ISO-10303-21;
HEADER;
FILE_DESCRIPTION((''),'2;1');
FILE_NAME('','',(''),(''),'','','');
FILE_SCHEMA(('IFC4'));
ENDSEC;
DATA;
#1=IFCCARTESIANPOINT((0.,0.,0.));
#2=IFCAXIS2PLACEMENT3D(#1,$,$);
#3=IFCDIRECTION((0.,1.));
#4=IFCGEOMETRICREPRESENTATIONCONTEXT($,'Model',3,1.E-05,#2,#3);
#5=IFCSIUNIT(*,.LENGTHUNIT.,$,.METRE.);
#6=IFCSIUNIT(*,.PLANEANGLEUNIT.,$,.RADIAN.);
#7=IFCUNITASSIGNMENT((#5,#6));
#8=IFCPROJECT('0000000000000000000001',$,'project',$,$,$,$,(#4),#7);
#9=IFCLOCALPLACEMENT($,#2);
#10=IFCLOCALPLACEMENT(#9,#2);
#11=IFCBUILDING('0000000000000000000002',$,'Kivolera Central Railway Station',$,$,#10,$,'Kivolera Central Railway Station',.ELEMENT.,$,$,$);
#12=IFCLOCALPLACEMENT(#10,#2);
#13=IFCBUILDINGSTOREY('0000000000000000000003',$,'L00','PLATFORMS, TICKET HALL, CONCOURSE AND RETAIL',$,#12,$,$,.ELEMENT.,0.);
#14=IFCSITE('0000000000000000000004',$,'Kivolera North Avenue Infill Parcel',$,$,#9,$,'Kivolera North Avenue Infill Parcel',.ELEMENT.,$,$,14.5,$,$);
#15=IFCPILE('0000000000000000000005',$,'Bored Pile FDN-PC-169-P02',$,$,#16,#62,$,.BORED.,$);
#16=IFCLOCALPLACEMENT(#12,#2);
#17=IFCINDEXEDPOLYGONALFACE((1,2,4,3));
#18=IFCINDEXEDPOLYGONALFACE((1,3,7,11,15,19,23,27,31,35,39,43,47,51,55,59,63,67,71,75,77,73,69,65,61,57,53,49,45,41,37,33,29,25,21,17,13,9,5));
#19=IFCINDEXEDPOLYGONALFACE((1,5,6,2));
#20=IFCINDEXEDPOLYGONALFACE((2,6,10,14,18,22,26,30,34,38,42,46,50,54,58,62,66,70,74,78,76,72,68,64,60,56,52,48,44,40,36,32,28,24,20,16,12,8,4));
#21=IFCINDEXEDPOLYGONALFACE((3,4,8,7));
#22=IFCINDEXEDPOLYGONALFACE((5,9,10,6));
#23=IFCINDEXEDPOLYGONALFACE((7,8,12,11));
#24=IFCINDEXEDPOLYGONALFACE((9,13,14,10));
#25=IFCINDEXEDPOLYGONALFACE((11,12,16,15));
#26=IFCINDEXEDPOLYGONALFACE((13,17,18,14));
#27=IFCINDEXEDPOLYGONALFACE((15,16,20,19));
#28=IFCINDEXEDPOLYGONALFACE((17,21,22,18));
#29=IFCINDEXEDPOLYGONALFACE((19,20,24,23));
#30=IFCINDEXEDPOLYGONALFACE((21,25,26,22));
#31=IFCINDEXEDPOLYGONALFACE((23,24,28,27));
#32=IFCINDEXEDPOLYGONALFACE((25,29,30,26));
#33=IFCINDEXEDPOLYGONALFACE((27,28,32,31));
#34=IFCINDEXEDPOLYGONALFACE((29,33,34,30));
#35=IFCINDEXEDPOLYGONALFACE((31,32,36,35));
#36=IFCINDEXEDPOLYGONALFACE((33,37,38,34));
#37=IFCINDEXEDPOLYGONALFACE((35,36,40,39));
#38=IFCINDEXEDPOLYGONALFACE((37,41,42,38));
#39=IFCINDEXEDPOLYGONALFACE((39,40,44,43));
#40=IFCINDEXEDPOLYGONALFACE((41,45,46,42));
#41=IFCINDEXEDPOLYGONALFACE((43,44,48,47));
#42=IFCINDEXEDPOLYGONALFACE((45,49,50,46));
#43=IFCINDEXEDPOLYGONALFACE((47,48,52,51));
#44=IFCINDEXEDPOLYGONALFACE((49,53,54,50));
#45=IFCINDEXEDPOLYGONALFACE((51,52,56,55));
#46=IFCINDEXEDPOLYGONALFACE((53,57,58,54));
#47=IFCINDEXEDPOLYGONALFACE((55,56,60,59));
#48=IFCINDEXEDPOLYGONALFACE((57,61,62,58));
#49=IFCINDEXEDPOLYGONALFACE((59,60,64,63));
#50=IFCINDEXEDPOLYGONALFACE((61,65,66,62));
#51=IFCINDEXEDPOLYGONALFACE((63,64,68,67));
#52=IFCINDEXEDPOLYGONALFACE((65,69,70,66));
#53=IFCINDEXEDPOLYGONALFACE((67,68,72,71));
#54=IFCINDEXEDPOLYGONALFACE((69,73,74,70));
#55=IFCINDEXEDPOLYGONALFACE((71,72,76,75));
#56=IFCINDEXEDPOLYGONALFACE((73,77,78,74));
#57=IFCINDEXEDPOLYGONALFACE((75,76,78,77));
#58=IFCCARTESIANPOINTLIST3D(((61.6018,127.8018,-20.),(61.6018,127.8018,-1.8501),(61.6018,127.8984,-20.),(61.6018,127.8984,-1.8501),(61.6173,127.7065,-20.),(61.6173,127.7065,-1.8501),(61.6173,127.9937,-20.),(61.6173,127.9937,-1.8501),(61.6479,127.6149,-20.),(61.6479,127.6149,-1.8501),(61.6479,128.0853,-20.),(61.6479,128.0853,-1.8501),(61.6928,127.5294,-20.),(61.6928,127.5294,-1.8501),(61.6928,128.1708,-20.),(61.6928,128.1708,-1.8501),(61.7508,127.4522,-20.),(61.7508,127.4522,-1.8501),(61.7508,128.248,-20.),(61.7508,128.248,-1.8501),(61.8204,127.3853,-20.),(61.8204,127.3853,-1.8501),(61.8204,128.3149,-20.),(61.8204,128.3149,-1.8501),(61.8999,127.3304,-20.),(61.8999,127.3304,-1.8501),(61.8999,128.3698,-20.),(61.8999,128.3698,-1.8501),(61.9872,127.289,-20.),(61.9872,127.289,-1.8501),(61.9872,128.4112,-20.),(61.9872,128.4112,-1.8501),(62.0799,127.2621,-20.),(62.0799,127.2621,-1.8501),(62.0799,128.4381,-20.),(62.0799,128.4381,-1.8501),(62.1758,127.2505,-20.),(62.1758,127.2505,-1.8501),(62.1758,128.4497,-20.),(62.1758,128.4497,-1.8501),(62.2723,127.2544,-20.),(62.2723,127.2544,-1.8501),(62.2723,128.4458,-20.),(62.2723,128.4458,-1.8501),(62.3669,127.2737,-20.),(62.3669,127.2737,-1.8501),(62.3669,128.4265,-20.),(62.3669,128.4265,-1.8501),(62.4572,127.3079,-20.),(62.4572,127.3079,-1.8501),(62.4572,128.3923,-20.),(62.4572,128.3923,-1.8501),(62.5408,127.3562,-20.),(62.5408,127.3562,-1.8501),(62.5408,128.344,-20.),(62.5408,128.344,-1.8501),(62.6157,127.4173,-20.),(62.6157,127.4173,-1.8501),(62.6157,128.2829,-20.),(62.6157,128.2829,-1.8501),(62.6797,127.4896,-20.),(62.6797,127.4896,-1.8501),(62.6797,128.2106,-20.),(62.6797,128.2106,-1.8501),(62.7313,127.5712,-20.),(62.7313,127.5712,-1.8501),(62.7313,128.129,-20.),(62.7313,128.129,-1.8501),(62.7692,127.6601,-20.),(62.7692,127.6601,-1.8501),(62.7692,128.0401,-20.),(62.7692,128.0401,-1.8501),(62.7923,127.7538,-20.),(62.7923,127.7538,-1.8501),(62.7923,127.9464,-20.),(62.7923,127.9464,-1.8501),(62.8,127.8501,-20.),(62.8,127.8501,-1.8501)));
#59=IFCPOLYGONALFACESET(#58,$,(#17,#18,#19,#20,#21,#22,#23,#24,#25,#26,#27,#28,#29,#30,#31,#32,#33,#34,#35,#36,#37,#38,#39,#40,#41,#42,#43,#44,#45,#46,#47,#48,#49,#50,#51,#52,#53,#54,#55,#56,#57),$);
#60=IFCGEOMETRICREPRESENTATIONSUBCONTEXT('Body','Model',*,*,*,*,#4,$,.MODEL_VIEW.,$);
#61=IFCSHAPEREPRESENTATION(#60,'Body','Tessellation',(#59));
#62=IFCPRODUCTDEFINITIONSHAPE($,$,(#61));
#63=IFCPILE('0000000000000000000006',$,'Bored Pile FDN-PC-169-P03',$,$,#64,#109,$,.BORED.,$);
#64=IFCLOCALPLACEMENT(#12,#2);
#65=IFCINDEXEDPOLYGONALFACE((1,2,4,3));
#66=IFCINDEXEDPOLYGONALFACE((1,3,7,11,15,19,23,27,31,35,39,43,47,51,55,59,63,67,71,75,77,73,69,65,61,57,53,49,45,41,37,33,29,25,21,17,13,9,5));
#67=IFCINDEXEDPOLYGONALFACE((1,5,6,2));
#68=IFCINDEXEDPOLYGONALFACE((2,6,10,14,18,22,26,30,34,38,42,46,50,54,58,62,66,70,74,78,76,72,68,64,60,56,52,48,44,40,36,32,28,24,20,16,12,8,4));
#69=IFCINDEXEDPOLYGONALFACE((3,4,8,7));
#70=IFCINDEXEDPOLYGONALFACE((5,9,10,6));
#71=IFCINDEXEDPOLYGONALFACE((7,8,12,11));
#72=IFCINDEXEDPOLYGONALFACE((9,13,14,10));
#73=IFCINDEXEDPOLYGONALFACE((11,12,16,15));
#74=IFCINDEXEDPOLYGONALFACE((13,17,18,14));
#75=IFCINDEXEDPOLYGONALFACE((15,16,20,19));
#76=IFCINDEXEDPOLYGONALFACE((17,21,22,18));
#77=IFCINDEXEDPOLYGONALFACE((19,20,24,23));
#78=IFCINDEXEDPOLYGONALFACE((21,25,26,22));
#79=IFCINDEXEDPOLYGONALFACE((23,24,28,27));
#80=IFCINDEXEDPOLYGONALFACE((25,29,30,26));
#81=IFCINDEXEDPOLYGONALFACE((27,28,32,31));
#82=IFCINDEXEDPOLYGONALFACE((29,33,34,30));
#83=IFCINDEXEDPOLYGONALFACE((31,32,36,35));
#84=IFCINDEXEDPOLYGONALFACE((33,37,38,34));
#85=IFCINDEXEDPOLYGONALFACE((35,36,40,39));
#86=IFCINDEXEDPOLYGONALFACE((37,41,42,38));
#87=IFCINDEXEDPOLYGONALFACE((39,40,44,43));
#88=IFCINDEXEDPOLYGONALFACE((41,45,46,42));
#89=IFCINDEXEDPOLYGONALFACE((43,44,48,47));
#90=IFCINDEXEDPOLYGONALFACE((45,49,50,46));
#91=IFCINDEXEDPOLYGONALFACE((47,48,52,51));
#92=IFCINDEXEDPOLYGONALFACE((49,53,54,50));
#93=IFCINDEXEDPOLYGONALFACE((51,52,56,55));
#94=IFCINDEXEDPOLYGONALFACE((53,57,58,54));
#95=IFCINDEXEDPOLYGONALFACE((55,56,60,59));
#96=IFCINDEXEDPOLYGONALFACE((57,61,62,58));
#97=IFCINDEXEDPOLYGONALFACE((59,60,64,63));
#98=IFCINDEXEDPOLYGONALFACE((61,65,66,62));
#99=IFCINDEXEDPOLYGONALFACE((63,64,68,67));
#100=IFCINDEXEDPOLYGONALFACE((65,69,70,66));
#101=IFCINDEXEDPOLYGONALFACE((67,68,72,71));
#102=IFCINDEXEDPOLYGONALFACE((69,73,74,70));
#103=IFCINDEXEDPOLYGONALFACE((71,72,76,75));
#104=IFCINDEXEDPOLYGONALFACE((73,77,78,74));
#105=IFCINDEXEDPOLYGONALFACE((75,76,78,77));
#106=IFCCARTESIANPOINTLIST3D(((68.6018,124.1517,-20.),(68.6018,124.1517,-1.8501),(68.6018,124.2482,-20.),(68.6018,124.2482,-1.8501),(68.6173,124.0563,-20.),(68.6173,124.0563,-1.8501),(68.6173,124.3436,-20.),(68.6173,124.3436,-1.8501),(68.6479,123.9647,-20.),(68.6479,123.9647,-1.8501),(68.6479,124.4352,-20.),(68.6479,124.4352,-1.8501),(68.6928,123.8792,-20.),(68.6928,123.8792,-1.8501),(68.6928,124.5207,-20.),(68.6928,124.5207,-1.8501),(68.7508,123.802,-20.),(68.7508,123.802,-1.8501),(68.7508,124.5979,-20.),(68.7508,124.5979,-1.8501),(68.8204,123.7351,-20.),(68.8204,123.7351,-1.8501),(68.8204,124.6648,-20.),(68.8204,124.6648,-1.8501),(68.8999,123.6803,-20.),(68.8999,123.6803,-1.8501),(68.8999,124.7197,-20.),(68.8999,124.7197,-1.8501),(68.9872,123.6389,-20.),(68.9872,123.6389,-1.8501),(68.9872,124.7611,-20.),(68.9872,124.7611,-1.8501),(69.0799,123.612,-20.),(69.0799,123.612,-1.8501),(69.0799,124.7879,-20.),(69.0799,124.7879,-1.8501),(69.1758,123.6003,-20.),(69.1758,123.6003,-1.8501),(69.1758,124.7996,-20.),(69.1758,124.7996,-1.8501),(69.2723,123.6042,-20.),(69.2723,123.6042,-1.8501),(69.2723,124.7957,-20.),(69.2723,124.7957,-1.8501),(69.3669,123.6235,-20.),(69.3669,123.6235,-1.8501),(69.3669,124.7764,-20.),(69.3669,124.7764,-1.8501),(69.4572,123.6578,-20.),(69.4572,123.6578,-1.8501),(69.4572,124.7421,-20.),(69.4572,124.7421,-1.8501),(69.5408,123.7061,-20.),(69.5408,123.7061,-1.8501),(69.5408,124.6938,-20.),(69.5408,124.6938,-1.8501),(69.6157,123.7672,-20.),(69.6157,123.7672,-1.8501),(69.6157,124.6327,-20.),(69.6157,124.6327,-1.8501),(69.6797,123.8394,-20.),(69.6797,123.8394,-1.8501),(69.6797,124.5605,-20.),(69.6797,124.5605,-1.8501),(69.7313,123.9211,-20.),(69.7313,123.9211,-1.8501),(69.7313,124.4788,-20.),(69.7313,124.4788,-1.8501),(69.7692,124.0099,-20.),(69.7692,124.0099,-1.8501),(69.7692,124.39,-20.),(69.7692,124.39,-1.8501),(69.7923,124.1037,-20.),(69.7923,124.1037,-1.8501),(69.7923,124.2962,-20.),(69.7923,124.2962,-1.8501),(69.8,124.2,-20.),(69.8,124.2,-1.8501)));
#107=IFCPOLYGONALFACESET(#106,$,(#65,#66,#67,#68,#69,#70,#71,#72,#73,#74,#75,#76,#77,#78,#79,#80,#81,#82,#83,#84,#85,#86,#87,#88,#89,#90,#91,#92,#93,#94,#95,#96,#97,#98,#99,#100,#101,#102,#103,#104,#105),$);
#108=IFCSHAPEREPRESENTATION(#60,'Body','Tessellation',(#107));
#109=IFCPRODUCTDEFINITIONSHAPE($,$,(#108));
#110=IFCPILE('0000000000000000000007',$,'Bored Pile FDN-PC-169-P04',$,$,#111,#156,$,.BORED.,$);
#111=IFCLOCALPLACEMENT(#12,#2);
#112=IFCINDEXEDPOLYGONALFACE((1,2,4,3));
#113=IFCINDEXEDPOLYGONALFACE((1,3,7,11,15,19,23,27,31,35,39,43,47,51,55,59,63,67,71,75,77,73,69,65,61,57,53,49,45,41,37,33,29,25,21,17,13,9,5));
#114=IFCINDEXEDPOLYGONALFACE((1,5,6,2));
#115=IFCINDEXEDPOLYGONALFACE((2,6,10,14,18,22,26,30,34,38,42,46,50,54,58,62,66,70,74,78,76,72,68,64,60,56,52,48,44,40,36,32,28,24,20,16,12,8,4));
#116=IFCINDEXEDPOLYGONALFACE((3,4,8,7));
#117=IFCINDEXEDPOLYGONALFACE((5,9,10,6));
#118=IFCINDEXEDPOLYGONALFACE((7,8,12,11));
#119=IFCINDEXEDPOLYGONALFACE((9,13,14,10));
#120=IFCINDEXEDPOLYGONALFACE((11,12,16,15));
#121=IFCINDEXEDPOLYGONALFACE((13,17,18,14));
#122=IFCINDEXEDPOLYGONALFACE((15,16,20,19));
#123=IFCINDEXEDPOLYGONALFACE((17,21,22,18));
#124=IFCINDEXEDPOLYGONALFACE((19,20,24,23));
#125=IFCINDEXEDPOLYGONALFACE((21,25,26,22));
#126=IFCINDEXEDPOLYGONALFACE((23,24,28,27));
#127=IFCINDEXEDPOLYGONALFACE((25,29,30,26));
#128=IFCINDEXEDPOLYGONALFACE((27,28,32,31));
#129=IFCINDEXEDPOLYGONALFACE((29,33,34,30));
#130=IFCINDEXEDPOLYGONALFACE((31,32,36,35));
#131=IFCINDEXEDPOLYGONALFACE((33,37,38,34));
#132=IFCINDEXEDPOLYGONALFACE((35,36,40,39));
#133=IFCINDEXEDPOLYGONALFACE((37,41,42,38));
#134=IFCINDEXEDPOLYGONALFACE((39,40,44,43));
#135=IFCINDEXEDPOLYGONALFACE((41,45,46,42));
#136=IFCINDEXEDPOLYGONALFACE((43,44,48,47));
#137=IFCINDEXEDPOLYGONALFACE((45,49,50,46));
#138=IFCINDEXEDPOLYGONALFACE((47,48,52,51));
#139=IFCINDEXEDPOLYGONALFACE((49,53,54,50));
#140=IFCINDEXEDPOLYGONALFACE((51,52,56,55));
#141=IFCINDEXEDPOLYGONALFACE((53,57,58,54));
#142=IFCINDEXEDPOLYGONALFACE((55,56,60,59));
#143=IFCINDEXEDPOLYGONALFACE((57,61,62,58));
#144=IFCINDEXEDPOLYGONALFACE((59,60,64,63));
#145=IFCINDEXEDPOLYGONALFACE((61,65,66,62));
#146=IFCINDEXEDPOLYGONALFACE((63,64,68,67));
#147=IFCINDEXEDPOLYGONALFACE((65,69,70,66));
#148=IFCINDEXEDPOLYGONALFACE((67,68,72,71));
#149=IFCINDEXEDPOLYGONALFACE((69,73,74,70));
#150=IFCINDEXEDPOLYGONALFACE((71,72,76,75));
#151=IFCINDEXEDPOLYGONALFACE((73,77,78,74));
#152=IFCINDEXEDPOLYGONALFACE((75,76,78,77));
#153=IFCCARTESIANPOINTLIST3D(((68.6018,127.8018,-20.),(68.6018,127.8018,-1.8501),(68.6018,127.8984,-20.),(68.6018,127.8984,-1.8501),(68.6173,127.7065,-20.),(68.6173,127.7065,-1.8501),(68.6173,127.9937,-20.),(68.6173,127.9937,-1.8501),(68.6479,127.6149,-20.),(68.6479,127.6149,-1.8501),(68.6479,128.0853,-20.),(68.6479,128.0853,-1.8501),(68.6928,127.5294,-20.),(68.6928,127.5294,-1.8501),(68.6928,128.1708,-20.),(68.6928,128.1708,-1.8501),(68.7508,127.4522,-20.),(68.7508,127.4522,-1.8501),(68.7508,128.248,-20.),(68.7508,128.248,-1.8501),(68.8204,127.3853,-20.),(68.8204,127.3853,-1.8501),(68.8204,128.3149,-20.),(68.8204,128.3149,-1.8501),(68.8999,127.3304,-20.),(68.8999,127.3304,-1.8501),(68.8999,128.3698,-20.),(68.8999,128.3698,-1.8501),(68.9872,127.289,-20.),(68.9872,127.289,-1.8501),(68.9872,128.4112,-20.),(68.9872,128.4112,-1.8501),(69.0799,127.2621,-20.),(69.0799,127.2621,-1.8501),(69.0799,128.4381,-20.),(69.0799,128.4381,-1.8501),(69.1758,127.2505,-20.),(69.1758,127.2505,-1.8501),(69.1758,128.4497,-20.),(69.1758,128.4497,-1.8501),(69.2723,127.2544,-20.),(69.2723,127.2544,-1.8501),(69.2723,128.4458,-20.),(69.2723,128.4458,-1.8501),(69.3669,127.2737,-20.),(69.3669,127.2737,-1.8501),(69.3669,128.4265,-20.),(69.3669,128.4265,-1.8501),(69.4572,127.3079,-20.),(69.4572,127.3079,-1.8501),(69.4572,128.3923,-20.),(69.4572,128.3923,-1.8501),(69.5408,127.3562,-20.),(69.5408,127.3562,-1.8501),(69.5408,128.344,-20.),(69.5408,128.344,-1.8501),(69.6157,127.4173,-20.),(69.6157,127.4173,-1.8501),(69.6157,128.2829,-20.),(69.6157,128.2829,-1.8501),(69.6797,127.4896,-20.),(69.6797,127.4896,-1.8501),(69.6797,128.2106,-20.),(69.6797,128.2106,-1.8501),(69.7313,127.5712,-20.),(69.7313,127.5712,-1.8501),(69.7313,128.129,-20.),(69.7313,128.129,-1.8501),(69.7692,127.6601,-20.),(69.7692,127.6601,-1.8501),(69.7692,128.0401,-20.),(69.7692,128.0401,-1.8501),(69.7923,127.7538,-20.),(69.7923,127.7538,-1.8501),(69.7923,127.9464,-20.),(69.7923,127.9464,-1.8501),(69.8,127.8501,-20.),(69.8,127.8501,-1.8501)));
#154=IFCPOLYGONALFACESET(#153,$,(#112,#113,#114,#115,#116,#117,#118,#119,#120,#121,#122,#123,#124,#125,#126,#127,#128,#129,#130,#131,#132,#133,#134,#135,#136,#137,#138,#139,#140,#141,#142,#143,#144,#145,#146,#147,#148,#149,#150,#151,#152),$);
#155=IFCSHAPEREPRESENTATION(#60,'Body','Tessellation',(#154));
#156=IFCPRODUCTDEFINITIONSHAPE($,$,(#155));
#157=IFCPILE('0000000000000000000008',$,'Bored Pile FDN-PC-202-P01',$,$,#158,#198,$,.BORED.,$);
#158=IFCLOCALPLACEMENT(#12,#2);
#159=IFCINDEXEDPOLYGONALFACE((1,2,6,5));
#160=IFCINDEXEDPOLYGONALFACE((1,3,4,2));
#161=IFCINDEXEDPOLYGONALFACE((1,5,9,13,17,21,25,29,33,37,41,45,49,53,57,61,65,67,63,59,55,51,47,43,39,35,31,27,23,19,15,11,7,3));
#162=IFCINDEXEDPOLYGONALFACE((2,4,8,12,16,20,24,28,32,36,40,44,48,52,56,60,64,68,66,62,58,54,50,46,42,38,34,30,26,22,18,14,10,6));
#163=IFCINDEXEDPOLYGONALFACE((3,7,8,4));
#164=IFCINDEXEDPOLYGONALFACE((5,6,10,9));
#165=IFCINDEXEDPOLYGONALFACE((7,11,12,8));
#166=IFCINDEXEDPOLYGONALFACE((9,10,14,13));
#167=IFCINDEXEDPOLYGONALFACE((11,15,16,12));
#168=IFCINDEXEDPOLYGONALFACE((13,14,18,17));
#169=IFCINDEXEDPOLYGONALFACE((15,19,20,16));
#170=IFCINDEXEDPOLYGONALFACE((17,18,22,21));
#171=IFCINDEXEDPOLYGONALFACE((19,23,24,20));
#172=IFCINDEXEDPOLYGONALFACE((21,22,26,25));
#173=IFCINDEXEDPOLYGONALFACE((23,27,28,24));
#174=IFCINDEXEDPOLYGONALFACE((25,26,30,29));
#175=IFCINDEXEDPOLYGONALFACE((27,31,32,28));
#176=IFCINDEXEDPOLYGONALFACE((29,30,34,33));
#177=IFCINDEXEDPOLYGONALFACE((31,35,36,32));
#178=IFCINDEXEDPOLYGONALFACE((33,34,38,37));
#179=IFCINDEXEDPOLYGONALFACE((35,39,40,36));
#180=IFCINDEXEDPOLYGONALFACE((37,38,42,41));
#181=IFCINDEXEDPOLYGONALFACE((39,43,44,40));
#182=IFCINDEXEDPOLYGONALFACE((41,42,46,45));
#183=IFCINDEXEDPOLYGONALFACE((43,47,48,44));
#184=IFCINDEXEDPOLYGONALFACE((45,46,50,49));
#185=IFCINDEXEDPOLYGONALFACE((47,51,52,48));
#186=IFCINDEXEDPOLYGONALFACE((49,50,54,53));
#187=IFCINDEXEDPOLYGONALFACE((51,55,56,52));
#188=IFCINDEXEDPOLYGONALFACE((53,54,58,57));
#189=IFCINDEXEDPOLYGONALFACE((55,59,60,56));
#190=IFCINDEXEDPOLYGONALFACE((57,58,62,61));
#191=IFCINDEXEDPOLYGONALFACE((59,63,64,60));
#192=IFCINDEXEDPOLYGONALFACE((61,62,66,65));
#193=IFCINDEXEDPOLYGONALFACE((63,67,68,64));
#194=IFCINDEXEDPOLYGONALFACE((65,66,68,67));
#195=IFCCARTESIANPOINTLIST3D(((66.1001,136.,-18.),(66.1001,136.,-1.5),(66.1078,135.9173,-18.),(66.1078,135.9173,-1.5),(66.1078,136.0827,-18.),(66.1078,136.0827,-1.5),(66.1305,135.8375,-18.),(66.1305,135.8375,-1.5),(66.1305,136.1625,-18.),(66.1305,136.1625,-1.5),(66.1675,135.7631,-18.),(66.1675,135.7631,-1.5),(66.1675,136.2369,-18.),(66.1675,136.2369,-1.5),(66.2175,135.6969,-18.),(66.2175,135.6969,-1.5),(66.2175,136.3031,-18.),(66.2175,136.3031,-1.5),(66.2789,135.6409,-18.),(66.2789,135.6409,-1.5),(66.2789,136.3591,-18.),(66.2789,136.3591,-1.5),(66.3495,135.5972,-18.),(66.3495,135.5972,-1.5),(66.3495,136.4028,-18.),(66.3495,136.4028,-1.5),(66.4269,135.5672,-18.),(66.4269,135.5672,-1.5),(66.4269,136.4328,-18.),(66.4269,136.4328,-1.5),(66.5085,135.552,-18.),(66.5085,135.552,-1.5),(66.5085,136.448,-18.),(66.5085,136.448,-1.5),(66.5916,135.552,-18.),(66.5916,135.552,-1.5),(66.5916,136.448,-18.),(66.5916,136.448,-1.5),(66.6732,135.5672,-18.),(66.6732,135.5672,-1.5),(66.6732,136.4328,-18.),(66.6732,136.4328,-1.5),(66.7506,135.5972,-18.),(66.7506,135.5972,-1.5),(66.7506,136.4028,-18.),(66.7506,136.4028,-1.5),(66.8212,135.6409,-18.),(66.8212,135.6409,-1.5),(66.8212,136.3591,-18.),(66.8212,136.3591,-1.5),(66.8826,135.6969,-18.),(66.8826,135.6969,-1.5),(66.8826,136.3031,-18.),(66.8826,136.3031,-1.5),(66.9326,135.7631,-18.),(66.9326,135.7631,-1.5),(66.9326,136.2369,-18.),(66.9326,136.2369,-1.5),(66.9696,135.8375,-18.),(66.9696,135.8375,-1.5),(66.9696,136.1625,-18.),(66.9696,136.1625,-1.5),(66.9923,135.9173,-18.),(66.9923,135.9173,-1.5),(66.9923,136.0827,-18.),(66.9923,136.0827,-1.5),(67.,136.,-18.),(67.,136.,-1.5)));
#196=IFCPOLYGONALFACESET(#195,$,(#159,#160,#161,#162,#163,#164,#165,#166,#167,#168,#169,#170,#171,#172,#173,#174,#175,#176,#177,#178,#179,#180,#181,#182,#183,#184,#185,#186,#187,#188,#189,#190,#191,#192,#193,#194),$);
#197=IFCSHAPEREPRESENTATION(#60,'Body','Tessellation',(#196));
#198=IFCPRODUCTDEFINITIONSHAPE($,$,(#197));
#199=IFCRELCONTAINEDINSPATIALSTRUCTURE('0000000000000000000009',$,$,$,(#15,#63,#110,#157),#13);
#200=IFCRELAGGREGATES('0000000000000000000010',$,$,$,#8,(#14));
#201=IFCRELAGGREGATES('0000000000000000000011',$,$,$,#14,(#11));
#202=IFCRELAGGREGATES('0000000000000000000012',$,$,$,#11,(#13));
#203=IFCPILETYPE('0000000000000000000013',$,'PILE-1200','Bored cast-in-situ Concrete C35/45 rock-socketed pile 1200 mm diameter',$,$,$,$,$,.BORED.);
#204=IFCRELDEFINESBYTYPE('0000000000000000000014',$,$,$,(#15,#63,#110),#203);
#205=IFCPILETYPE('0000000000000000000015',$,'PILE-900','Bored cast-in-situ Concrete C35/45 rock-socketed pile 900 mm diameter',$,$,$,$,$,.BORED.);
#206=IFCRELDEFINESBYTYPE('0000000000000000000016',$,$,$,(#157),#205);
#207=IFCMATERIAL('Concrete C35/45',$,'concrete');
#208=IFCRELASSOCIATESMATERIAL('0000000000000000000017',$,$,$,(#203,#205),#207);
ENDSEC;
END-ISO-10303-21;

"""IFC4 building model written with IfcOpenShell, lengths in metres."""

from ifc_helpers import new_model, si_unit, direction, frame, origin, origin_2d, place, context, subcontext, project, spatial, circle, extrude, material, material_profile, profile_set, type_object, element, save


model = new_model("IFC4")

# Units and contexts
model_context = context("Model", 3, precision=1e-05, world=origin(), true_north=direction((0.0, 1.0)))
body_context = subcontext(model_context, "Body", "Model", "MODEL_VIEW")
ifc_project = project(units=[si_unit("LENGTHUNIT", "METRE"), si_unit("PLANEANGLEUNIT", "RADIAN")], contexts=[model_context])

# Site, building, storey
site_placement = place(None, origin())
site = spatial("IfcSite", under=ifc_project, at=site_placement, Name="Kivolera North Avenue Infill Parcel", LongName="Kivolera North Avenue Infill Parcel", CompositionType="ELEMENT", RefElevation=14.5)
building_placement = place(site_placement, origin())
building = spatial("IfcBuilding", under=site, at=building_placement, Name="Kivolera Central Railway Station", LongName="Kivolera Central Railway Station", CompositionType="ELEMENT")
storey_placement = place(building_placement, origin())
storey = spatial("IfcBuildingStorey", under=building, at=storey_placement, Name="L00", Description="PLATFORMS, TICKET HALL, CONCOURSE AND RETAIL", CompositionType="ELEMENT", Elevation=0.0)

# Shared definitions
ifc_material_1 = material(Name="Concrete C35/45", Category="concrete")

# Piles
ifc_material_profile_1 = material_profile(ifc_material_1, circle(Radius=0.6001, at=origin_2d()), Name="PILE D1200")
ifc_profile_set_1 = profile_set([ifc_material_profile_1], Name="Concrete C35/45")
pile_type_1 = type_object("IfcPileType", Name="PILE-1200", Description="Bored cast-in-situ Concrete C35/45 rock-socketed pile 1200 mm diameter", PredefinedType="BORED", material=ifc_profile_set_1)
for number, where, z_axis, x_axis, name in (
    (1, (62.2, 127.8501, -1.8501), (0.0, 0.0, -1.0), (1.0, 0.0, 0.0), "Bored Pile FDN-PC-169-P02"),
    (2, (69.2, 124.2, -1.8501), (0.0, 0.0, -1.0), (1.0, 0.0, 0.0), "Bored Pile FDN-PC-169-P03"),
    (3, (69.2, 127.8501, -1.8501), (0.0, 0.0, -1.0), (1.0, 0.0, 0.0), "Bored Pile FDN-PC-169-P04"),
):
    element("IfcPile", number, at=place(storey_placement, frame(where, z_axis=z_axis, x_axis=x_axis)), inside=storey, type_object=pile_type_1, Name=name, PredefinedType="BORED", context=body_context, shape_type="SweptSolid", body=[
        extrude(circle(Radius=0.6001, at=origin_2d()), origin(), (0.0, 0.0, 1.0), 18.1499),
    ])
ifc_material_profile_2 = material_profile(ifc_material_1, circle(Radius=0.45, at=origin_2d()), Name="PILE D900")
ifc_profile_set_2 = profile_set([ifc_material_profile_2], Name="Concrete C35/45")
pile_type_2 = type_object("IfcPileType", Name="PILE-900", Description="Bored cast-in-situ Concrete C35/45 rock-socketed pile 900 mm diameter", PredefinedType="BORED", material=ifc_profile_set_2)
for number, where, z_axis, x_axis, name in (
    (4, (66.55, 136.0, -1.5), (0.0, 0.0, -1.0), (1.0, 0.0, 0.0), "Bored Pile FDN-PC-202-P01"),
):
    element("IfcPile", number, at=place(storey_placement, frame(where, z_axis=z_axis, x_axis=x_axis)), inside=storey, type_object=pile_type_2, Name=name, PredefinedType="BORED", context=body_context, shape_type="SweptSolid", body=[
        extrude(circle(Radius=0.45, at=origin_2d()), origin(), (0.0, 0.0, 1.0), 16.5),
    ])

save(model, "model.ifc")
